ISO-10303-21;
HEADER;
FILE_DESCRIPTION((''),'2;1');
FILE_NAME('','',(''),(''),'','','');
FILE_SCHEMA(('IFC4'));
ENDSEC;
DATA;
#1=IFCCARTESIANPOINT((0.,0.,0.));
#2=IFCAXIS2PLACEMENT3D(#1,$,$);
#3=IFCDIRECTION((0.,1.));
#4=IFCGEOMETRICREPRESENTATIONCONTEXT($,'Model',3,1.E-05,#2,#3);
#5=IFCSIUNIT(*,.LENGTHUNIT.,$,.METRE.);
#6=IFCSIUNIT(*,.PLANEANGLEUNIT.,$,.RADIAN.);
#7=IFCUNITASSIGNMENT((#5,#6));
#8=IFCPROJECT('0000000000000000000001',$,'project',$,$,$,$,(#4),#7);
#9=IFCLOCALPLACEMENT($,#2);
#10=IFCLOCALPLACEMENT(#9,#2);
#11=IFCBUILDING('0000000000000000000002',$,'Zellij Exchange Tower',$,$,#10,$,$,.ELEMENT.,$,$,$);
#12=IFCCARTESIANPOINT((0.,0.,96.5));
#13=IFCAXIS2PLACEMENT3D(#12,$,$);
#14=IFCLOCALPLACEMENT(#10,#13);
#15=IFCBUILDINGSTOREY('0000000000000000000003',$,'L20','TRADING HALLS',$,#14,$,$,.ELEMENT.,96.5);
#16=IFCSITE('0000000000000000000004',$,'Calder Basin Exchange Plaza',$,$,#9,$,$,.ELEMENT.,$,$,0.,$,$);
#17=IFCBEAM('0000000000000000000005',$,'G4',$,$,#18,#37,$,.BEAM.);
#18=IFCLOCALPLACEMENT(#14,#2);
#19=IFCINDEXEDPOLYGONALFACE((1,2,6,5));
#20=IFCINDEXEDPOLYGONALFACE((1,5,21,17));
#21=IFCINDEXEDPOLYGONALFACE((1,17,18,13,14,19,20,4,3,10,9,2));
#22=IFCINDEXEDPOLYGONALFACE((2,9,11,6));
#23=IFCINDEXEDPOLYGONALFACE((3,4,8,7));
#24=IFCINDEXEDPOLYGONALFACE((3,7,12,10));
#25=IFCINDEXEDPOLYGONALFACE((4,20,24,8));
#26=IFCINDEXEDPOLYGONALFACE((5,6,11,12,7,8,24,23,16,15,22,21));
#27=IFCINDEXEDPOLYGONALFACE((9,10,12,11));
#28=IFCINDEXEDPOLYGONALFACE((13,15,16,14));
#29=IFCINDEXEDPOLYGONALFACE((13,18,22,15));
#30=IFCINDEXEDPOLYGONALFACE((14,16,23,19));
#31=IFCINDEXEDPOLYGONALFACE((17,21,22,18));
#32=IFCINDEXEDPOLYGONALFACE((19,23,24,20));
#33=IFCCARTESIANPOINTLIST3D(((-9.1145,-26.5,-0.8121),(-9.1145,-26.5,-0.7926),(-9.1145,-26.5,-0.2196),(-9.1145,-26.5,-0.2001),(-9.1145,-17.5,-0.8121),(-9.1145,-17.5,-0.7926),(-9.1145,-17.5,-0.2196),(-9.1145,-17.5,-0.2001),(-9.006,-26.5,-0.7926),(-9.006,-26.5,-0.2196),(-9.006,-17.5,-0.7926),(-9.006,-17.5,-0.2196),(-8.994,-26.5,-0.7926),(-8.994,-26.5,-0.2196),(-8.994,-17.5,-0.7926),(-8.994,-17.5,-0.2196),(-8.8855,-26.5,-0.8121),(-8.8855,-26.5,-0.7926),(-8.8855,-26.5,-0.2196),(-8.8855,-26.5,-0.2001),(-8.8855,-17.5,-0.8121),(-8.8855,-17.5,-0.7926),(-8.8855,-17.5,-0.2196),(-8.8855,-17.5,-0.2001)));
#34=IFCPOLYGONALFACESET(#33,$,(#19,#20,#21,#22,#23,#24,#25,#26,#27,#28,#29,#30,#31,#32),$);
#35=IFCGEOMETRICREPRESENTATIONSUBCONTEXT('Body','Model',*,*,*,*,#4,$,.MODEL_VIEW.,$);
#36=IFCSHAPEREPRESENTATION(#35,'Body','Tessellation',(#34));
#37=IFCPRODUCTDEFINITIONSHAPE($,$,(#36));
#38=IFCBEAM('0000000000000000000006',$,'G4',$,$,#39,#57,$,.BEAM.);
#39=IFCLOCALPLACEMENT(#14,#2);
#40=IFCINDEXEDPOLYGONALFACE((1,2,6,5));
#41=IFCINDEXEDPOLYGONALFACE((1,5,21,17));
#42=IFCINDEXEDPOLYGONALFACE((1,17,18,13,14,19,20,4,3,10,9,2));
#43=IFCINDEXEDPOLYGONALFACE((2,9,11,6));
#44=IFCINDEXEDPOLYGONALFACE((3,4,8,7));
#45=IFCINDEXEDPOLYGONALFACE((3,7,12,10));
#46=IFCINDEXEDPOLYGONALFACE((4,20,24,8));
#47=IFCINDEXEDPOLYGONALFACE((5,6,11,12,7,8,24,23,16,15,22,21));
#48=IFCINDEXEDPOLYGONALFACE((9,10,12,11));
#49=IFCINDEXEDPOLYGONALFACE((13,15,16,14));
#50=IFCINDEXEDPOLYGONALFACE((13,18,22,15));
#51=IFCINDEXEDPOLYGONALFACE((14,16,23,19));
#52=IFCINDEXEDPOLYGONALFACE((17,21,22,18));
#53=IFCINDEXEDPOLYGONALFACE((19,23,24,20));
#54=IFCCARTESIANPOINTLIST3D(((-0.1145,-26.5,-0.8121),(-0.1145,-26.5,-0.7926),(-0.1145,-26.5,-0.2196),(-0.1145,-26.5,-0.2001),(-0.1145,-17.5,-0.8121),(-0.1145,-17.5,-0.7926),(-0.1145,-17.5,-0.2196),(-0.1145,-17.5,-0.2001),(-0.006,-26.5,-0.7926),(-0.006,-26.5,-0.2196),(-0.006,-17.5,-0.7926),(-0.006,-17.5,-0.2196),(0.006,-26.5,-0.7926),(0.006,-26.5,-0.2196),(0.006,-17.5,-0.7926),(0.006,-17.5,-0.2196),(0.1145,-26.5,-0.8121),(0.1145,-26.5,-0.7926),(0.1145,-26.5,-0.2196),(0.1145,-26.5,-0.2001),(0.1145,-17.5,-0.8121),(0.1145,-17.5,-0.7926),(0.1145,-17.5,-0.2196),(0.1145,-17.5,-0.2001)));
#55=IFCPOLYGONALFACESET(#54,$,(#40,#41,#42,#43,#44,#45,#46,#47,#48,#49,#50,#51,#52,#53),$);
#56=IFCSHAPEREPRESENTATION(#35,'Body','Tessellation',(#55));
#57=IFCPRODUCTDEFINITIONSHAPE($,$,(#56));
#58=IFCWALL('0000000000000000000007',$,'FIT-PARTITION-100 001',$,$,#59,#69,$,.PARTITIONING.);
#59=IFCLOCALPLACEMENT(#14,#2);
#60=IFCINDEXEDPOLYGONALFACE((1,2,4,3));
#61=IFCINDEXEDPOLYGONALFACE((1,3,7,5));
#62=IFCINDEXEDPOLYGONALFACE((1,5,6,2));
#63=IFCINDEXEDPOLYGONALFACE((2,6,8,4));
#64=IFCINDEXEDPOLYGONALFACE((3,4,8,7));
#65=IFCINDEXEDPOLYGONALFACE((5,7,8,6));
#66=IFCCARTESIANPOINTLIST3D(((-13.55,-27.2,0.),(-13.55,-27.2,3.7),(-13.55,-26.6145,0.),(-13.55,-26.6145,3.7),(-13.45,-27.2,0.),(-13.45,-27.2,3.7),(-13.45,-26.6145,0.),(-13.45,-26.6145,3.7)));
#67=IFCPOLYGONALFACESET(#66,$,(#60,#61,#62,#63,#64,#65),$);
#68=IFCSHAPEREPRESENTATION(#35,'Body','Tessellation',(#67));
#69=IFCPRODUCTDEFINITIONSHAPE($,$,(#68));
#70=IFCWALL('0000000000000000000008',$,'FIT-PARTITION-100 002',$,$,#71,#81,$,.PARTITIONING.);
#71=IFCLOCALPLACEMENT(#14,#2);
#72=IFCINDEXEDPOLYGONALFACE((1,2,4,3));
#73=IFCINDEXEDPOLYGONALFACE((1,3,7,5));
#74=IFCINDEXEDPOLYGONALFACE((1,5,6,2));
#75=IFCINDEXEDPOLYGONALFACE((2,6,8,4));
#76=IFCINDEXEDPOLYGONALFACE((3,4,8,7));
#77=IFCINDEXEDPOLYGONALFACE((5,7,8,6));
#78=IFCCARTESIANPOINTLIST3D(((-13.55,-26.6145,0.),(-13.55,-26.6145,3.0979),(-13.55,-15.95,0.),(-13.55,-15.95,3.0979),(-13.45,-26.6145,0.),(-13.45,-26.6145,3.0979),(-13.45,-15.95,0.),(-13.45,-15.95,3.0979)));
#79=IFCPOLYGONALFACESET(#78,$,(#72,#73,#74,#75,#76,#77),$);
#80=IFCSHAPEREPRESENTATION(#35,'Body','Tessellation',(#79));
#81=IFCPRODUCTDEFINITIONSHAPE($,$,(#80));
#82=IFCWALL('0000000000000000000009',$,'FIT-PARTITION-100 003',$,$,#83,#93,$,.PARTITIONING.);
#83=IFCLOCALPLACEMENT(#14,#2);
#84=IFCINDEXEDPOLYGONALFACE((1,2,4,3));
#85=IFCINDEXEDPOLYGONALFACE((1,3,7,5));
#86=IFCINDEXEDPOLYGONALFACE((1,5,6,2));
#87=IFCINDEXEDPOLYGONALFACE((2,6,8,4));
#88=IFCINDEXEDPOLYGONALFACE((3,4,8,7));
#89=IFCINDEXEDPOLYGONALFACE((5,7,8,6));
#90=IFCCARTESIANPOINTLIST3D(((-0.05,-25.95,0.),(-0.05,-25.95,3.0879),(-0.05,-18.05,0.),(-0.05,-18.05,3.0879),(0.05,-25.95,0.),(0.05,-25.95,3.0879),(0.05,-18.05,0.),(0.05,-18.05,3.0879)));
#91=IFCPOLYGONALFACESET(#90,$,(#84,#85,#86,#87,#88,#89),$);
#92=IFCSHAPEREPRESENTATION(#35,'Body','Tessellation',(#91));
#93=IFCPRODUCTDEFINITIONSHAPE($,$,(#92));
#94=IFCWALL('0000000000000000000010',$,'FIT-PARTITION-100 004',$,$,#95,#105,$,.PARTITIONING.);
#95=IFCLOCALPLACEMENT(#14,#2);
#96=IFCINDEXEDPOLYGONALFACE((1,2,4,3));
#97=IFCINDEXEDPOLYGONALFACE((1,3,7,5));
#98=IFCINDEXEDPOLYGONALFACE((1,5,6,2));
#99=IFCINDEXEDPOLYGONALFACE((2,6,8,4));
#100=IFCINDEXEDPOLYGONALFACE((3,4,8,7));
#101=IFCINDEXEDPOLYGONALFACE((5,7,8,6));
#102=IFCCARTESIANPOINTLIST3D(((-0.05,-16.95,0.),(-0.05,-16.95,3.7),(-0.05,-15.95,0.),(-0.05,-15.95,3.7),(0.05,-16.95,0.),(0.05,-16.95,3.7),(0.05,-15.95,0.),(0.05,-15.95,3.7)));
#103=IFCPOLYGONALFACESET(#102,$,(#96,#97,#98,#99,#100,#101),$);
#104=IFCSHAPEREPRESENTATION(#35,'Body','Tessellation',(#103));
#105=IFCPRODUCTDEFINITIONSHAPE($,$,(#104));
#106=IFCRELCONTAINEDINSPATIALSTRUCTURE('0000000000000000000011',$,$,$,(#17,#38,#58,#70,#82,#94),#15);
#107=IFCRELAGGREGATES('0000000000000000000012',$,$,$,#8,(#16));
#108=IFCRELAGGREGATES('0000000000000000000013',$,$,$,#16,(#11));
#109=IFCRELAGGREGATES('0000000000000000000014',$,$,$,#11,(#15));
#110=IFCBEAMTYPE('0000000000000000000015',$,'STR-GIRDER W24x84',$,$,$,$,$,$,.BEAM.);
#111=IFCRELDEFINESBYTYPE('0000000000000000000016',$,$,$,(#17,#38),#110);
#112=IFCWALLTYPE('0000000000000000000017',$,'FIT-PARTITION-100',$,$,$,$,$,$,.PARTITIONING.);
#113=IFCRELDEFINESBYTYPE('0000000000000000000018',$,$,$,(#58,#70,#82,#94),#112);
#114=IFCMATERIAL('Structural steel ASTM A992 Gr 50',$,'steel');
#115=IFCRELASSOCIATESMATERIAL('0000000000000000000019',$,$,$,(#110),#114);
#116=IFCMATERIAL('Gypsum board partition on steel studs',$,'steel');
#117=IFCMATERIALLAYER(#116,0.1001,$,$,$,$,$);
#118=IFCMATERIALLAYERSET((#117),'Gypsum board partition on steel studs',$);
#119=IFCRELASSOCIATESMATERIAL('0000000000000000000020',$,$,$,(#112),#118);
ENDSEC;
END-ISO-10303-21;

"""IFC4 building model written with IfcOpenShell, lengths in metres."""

from ifc_helpers import new_model, si_unit, direction, frame, frame_2d, origin, origin_2d, place, context, subcontext, project, spatial, rectangle, i_section, extrude, material, layer, layer_set, material_profile, profile_set, type_object, element, save


model = new_model("IFC4")

# Units and contexts
model_context = context("Model", 3, precision=1e-05, world=origin(), true_north=direction((0.0, 1.0)))
body_context = subcontext(model_context, "Body", "Model", "MODEL_VIEW")
ifc_project = project(units=[si_unit("LENGTHUNIT", "METRE"), si_unit("PLANEANGLEUNIT", "RADIAN")], contexts=[model_context])

# Site, building, storey
site_placement = place(None, origin())
site = spatial("IfcSite", under=ifc_project, at=site_placement, Name="Calder Basin Exchange Plaza", CompositionType="ELEMENT", RefElevation=0.0)
building_placement = place(site_placement, origin())
building = spatial("IfcBuilding", under=site, at=building_placement, Name="Zellij Exchange Tower", CompositionType="ELEMENT")
storey_placement = place(building_placement, frame((0.0, 0.0, 96.5)))
storey = spatial("IfcBuildingStorey", under=building, at=storey_placement, Name="L20", Description="TRADING HALLS", CompositionType="ELEMENT", Elevation=96.5)

# Beams
ifc_material_1 = material(Name="Structural steel ASTM A992 Gr 50", Category="steel")
ifc_material_profile_1 = material_profile(ifc_material_1, i_section(OverallWidth=0.229, OverallDepth=0.6121, WebThickness=0.012, FlangeThickness=0.0195, at=origin_2d()), Name="W24x84")
ifc_profile_set_1 = profile_set([ifc_material_profile_1], Name="Structural steel ASTM A992 Gr 50")
beam_type_1 = type_object("IfcBeamType", Name="STR-GIRDER W24x84", PredefinedType="BEAM", material=ifc_profile_set_1)
for number, where, z_axis, x_axis, name in (
    (1, (-9.0, -26.5, -0.5061), (0.0, 1.0, 0.0), (-1.0, 0.0, 0.0), "G4"),
    (2, (0.0, -26.5, -0.5061), (0.0, 1.0, 0.0), (-1.0, 0.0, 0.0), "G4"),
):
    element("IfcBeam", number, at=place(storey_placement, frame(where, z_axis=z_axis, x_axis=x_axis)), inside=storey, type_object=beam_type_1, Name=name, PredefinedType="BEAM", context=body_context, shape_type="SweptSolid", body=[
        extrude(i_section(OverallWidth=0.229, OverallDepth=0.6121, WebThickness=0.012, FlangeThickness=0.0195, at=origin_2d()), origin(), (0.0, 0.0, 1.0), 9.0),
    ])

# Walls
ifc_material_2 = material(Name="Gypsum board partition on steel studs", Category="steel")
ifc_layer = layer(ifc_material_2, 0.1001)
ifc_layer_set = layer_set([ifc_layer], Name="Gypsum board partition on steel studs")
wall_type = type_object("IfcWallType", Name="FIT-PARTITION-100", PredefinedType="PARTITIONING", material=ifc_layer_set)
wall_1_placement = place(storey_placement, frame((-13.5, -27.2, 0.0), z_axis=(0.0, 0.0, 1.0), x_axis=(0.0, 1.0, 0.0)))
element("IfcWall", 3, at=wall_1_placement, inside=storey, type_object=wall_type, Name="FIT-PARTITION-100 001", PredefinedType="PARTITIONING", context=body_context, shape_type="SweptSolid", body=[
    extrude(rectangle(XDim=0.5854, YDim=0.1001, at=frame_2d((0.2927, 0.0))), origin(), (0.0, 0.0, 1.0), 3.7),
])
wall_2_placement = place(storey_placement, frame((-13.5, -26.6145, 0.0), z_axis=(0.0, 0.0, 1.0), x_axis=(0.0, 1.0, 0.0)))
element("IfcWall", 4, at=wall_2_placement, inside=storey, type_object=wall_type, Name="FIT-PARTITION-100 002", PredefinedType="PARTITIONING", context=body_context, shape_type="SweptSolid", body=[
    extrude(rectangle(XDim=10.6646, YDim=0.1001, at=frame_2d((5.3323, 0.0))), origin(), (0.0, 0.0, 1.0), 3.0979),
])
wall_3_placement = place(storey_placement, frame((0.0, -25.95, 0.0), z_axis=(0.0, 0.0, 1.0), x_axis=(0.0, 1.0, 0.0)))
element("IfcWall", 5, at=wall_3_placement, inside=storey, type_object=wall_type, Name="FIT-PARTITION-100 003", PredefinedType="PARTITIONING", context=body_context, shape_type="SweptSolid", body=[
    extrude(rectangle(XDim=7.8999, YDim=0.1001, at=frame_2d((3.95, 0.0))), origin(), (0.0, 0.0, 1.0), 3.0879),
])
wall_4_placement = place(storey_placement, frame((0.0, -16.95, 0.0), z_axis=(0.0, 0.0, 1.0), x_axis=(0.0, 1.0, 0.0)))
element("IfcWall", 6, at=wall_4_placement, inside=storey, type_object=wall_type, Name="FIT-PARTITION-100 004", PredefinedType="PARTITIONING", context=body_context, shape_type="SweptSolid", body=[
    extrude(rectangle(XDim=1.0, YDim=0.1001, at=frame_2d((0.5, 0.0))), origin(), (0.0, 0.0, 1.0), 3.7),
])

save(model, "model.ifc")
